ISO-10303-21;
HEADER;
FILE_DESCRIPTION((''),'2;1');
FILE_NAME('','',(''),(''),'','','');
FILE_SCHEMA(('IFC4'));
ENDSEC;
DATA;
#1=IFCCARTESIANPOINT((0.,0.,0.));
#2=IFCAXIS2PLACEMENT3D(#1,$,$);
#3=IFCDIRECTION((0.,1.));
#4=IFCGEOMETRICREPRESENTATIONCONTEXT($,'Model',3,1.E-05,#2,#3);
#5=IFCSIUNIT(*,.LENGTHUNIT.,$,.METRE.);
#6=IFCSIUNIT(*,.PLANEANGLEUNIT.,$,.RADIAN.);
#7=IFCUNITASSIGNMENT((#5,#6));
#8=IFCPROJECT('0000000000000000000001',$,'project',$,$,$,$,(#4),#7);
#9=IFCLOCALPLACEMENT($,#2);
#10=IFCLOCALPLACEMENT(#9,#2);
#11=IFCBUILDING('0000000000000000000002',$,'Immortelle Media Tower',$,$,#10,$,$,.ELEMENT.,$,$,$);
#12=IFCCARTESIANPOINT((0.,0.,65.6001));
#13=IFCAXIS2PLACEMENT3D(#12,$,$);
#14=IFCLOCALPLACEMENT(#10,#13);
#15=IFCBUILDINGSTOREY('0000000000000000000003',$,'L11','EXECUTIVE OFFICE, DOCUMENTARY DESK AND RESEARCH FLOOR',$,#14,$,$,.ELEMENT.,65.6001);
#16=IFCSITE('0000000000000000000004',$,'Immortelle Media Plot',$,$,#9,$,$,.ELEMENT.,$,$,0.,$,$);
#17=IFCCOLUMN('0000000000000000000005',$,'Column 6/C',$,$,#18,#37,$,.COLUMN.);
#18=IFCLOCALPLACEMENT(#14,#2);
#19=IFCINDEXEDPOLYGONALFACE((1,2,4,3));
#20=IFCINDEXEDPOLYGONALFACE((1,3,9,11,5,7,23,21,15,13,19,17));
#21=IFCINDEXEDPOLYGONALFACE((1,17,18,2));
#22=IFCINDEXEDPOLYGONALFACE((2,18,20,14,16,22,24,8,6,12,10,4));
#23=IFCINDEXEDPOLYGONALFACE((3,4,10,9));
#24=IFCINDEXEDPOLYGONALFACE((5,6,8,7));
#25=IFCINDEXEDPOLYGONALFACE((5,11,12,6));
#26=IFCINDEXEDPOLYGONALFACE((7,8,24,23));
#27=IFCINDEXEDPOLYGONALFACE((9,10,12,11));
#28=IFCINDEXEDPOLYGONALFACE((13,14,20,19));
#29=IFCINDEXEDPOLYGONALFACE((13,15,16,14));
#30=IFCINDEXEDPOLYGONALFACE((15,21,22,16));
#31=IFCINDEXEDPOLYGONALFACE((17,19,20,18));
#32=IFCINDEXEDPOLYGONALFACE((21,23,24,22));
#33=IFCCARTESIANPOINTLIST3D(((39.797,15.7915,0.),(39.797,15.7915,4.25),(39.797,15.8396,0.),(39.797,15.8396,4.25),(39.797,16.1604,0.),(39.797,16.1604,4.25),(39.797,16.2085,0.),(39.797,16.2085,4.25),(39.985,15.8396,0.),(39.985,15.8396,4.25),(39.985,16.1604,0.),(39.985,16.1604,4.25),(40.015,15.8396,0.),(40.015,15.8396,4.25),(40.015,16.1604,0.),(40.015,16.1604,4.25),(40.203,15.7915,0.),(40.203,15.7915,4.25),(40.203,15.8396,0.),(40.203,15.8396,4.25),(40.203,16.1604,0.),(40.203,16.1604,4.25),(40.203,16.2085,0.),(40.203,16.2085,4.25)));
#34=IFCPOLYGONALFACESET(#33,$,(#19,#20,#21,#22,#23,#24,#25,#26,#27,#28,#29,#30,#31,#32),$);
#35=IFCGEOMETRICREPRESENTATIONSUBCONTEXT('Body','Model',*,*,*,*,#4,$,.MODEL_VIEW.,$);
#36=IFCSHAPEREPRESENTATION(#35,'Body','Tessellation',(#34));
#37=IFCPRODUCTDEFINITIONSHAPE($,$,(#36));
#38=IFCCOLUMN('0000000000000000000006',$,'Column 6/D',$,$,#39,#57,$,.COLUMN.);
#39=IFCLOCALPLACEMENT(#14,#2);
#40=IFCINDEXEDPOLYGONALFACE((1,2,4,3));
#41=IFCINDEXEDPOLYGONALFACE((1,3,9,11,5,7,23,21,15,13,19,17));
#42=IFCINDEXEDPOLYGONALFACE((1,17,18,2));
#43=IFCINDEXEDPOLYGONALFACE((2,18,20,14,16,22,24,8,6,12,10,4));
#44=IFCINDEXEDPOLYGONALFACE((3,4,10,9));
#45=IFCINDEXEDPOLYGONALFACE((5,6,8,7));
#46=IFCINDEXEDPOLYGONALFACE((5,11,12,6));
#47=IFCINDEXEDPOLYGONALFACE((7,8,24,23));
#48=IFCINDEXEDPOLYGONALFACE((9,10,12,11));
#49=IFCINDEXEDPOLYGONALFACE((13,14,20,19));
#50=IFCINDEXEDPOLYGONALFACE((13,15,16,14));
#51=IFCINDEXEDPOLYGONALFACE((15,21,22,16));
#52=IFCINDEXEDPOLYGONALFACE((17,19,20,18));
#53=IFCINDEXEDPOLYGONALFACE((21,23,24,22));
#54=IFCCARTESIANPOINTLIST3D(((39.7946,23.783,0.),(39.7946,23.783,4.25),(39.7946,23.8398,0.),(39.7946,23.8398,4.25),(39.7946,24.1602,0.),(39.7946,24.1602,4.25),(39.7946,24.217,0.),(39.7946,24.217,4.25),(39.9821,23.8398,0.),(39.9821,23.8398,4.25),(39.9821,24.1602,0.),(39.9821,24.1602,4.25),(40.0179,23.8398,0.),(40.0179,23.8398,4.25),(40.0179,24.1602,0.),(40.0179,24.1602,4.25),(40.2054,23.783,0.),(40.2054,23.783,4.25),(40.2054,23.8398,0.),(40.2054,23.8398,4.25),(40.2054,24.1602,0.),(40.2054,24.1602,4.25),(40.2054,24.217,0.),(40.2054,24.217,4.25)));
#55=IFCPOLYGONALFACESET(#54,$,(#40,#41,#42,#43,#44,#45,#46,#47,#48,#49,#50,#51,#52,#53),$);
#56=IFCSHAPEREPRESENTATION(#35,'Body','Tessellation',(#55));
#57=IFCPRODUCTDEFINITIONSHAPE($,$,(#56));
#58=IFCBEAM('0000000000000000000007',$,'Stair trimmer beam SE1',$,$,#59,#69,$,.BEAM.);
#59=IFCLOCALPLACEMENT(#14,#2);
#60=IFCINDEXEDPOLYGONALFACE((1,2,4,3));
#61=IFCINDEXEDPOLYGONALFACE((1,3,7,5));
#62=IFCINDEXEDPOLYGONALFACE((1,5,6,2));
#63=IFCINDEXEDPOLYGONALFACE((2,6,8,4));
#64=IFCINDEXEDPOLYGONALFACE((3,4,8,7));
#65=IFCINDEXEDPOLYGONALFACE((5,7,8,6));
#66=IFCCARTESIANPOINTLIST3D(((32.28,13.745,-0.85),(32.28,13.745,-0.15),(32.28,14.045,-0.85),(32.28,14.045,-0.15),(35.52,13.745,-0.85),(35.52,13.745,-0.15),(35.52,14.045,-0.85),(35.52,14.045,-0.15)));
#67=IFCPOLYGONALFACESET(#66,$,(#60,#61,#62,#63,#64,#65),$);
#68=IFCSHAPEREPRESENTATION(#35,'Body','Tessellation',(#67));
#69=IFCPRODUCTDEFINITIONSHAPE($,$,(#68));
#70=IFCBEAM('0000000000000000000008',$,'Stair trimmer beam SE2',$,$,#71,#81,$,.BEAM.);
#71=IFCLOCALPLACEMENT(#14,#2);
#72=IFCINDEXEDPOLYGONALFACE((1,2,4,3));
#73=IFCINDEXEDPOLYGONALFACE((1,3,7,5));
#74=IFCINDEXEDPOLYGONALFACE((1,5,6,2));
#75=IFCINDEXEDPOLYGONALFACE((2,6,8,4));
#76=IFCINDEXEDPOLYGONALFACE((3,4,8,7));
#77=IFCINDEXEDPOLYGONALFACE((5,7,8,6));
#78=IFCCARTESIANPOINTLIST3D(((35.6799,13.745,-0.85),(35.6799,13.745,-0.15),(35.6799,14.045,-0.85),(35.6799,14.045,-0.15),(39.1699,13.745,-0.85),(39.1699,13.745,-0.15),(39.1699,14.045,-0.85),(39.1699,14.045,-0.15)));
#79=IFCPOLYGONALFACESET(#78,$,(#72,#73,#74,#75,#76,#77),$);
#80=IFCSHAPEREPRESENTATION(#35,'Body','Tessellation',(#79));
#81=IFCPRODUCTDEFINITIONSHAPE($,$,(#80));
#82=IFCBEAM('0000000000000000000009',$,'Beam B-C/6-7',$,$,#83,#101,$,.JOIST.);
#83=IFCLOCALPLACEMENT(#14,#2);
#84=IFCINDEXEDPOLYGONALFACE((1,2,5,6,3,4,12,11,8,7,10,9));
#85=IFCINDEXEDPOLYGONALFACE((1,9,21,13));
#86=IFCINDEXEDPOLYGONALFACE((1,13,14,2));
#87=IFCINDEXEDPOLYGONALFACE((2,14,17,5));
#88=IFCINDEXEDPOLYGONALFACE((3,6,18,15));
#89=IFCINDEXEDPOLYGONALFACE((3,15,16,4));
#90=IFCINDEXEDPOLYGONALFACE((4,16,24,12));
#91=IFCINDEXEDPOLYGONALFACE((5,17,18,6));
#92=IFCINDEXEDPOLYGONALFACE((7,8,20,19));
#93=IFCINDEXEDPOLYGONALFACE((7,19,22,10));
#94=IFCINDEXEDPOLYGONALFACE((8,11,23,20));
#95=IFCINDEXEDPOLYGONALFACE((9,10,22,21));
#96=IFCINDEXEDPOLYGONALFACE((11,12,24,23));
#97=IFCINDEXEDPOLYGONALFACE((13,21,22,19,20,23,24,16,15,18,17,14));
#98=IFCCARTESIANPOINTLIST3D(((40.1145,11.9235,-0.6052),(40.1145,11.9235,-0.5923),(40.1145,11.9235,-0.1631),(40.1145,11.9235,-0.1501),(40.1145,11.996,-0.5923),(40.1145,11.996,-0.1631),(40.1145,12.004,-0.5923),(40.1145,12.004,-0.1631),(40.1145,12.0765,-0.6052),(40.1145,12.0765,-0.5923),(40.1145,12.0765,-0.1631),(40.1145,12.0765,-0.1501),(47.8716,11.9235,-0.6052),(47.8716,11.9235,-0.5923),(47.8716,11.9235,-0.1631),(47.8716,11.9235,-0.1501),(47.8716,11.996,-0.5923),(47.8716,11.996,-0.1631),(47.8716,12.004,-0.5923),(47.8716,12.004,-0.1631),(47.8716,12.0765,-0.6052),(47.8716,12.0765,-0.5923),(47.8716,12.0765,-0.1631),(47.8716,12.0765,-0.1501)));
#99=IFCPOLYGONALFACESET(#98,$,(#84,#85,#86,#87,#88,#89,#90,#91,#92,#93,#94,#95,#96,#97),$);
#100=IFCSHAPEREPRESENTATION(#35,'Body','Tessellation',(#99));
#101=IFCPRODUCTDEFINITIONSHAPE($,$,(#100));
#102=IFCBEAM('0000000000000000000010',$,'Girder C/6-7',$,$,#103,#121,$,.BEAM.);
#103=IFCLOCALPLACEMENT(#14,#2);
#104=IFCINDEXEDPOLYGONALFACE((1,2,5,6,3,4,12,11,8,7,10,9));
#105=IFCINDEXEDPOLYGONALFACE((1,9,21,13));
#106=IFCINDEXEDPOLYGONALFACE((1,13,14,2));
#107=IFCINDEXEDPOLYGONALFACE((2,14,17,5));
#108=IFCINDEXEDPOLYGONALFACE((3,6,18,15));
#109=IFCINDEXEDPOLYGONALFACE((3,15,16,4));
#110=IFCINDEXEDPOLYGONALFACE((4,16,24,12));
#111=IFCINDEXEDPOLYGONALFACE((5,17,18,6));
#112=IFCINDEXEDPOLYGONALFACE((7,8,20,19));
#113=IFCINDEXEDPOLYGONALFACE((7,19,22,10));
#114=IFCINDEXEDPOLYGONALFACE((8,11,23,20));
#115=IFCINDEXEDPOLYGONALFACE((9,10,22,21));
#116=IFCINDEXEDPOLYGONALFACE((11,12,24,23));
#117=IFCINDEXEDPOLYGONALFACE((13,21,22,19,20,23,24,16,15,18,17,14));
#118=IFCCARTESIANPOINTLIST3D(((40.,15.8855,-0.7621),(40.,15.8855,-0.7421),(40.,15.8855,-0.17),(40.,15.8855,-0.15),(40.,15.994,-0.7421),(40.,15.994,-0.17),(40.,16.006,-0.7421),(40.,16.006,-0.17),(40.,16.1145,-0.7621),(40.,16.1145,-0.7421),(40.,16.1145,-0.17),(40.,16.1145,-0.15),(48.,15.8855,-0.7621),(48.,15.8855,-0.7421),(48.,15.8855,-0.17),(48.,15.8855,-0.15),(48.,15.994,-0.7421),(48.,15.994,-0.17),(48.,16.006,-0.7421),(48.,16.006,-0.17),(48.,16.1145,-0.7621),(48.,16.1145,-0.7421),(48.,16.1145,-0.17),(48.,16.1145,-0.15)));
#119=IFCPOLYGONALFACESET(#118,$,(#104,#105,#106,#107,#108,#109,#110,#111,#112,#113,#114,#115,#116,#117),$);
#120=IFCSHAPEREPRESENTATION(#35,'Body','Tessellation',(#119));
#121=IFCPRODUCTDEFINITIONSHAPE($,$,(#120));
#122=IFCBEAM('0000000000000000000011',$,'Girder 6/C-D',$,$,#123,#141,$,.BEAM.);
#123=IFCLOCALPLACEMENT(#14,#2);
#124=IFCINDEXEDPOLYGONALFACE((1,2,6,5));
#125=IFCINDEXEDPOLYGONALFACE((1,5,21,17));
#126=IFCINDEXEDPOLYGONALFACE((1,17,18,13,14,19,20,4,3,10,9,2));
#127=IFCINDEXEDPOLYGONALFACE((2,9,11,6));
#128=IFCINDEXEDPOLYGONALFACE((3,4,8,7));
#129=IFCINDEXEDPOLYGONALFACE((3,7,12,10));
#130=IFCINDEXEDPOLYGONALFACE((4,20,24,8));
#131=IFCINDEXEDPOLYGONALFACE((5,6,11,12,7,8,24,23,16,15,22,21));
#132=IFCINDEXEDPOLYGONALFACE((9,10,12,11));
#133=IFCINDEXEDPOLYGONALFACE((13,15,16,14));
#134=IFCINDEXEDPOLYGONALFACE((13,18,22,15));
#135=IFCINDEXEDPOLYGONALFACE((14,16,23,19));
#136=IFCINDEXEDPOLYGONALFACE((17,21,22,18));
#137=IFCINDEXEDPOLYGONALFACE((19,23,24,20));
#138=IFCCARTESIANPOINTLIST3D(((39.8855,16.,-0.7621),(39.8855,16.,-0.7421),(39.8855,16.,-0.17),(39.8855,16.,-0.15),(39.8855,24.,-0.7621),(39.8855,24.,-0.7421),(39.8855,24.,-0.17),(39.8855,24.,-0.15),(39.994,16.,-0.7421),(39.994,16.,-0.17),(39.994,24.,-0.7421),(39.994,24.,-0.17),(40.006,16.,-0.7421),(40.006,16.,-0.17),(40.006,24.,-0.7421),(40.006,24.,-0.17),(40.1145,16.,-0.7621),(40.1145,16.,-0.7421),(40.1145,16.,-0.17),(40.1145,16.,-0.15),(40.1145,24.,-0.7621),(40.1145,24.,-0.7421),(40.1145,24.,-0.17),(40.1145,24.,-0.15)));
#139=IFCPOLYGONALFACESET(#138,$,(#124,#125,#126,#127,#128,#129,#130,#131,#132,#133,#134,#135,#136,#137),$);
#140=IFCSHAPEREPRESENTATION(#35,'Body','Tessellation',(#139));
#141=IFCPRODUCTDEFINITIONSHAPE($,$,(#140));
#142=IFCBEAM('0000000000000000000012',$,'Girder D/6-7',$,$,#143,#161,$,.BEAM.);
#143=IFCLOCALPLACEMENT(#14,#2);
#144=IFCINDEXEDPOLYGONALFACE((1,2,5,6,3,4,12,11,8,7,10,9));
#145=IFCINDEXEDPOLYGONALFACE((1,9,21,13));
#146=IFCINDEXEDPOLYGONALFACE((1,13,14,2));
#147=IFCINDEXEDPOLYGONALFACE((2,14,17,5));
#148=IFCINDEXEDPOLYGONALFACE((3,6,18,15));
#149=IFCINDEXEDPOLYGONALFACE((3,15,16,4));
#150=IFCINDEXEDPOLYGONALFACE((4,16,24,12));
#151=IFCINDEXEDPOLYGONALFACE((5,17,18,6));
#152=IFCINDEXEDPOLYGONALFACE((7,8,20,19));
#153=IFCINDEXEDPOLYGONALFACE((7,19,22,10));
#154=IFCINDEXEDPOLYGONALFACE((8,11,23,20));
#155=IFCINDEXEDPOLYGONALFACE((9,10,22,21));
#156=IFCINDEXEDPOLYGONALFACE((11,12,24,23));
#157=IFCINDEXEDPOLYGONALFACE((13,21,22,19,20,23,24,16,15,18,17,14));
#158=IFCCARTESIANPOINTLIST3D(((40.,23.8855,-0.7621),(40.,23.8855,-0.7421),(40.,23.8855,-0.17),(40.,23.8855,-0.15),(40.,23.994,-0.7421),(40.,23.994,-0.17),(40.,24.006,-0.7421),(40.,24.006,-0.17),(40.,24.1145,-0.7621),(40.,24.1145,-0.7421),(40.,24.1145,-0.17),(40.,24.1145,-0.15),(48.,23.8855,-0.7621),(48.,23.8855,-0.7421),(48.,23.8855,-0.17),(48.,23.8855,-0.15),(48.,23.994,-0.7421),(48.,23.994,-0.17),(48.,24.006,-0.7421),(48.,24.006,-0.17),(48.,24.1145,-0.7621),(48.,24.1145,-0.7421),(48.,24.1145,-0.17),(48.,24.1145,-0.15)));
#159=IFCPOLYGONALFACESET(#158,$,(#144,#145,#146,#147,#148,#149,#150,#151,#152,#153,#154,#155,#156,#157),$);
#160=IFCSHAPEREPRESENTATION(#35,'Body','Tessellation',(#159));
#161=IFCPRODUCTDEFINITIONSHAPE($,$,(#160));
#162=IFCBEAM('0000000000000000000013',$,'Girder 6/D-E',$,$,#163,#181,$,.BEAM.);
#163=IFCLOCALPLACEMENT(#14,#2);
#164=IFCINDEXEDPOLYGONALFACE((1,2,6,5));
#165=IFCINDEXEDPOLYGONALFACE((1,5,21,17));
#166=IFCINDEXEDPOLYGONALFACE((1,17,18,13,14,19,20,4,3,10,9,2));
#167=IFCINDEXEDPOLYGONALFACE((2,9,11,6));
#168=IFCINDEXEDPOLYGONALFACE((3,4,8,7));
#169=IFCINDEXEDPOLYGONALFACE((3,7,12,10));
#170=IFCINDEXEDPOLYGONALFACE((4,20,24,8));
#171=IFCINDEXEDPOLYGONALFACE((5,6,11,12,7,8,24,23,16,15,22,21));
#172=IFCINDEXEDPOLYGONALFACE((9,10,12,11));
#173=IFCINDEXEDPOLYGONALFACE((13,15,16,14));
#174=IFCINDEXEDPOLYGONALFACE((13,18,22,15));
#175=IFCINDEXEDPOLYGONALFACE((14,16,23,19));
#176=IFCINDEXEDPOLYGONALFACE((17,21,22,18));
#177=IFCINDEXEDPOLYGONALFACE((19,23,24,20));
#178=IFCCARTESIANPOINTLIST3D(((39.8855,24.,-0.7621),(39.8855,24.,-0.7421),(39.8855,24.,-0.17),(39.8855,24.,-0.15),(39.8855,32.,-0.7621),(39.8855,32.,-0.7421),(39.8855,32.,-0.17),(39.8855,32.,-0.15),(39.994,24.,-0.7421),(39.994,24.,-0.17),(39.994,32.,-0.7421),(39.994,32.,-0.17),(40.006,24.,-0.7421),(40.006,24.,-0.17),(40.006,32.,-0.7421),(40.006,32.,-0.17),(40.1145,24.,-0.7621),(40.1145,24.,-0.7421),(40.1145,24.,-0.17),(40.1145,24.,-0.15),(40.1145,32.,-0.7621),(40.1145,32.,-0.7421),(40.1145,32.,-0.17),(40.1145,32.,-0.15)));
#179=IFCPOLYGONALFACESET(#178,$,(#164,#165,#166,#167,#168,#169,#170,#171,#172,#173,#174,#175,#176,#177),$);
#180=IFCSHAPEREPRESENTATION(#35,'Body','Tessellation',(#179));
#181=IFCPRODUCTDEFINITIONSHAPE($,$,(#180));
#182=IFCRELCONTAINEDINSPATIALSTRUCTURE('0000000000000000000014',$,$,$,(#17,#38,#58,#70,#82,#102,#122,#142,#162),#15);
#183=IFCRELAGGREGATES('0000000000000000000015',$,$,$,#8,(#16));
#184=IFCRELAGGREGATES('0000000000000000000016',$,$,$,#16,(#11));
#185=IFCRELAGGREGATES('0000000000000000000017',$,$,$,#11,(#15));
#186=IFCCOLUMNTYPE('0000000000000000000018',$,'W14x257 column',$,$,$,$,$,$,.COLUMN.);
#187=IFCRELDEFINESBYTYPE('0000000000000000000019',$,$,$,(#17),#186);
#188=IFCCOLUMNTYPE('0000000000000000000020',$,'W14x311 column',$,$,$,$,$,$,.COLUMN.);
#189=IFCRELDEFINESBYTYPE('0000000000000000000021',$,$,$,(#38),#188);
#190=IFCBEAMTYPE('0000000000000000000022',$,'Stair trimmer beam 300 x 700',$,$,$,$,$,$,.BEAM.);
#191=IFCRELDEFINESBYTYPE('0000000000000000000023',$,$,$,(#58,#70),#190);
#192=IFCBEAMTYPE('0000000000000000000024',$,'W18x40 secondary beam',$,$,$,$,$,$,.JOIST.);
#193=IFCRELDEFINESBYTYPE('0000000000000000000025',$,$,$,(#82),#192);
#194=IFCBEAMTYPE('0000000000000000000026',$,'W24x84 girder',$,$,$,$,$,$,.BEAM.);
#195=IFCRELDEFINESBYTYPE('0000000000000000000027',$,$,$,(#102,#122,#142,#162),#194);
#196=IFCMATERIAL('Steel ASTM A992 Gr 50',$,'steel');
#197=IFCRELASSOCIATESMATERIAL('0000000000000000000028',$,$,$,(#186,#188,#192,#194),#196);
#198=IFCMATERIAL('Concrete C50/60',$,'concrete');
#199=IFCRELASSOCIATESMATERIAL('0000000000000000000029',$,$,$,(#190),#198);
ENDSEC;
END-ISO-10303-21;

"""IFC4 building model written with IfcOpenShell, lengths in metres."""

from ifc_helpers import new_model, si_unit, direction, frame, origin, origin_2d, place, context, subcontext, project, spatial, rectangle, i_section, extrude, material, material_profile, profile_set, type_object, element, save


model = new_model("IFC4")

# Units and contexts
model_context = context("Model", 3, precision=1e-05, world=origin(), true_north=direction((0.0, 1.0)))
body_context = subcontext(model_context, "Body", "Model", "MODEL_VIEW")
ifc_project = project(units=[si_unit("LENGTHUNIT", "METRE"), si_unit("PLANEANGLEUNIT", "RADIAN")], contexts=[model_context])

# Site, building, storey
site_placement = place(None, origin())
site = spatial("IfcSite", under=ifc_project, at=site_placement, Name="Immortelle Media Plot", CompositionType="ELEMENT", RefElevation=0.0)
building_placement = place(site_placement, origin())
building = spatial("IfcBuilding", under=site, at=building_placement, Name="Immortelle Media Tower", CompositionType="ELEMENT")
storey_placement = place(building_placement, frame((0.0, 0.0, 65.6001)))
storey = spatial("IfcBuildingStorey", under=building, at=storey_placement, Name="L11", Description="EXECUTIVE OFFICE, DOCUMENTARY DESK AND RESEARCH FLOOR", CompositionType="ELEMENT", Elevation=65.6001)

# Columns
ifc_material_1 = material(Name="Steel ASTM A992 Gr 50", Category="steel")
ifc_material_profile_1 = material_profile(ifc_material_1, i_section(OverallWidth=0.406, OverallDepth=0.417, WebThickness=0.03, FlangeThickness=0.0481, at=origin_2d()), Name="W14x257")
ifc_profile_set_1 = profile_set([ifc_material_profile_1], Name="Steel ASTM A992 Gr 50")
column_type_1 = type_object("IfcColumnType", Name="W14x257 column", PredefinedType="COLUMN", material=ifc_profile_set_1)
column_1_placement = place(storey_placement, frame((40.0, 16.0, 0.0), z_axis=(0.0, 0.0, 1.0), x_axis=(1.0, 0.0, 0.0)))
element("IfcColumn", 1, at=column_1_placement, inside=storey, type_object=column_type_1, Name="Column 6/C", PredefinedType="COLUMN", context=body_context, shape_type="SweptSolid", body=[
    extrude(i_section(OverallWidth=0.406, OverallDepth=0.417, WebThickness=0.03, FlangeThickness=0.0481, at=origin_2d()), origin(), (0.0, 0.0, 1.0), 4.25),
])
ifc_material_profile_2 = material_profile(ifc_material_1, i_section(OverallWidth=0.4109, OverallDepth=0.4341, WebThickness=0.0359, FlangeThickness=0.0569, at=origin_2d()), Name="W14x311")
ifc_profile_set_2 = profile_set([ifc_material_profile_2], Name="Steel ASTM A992 Gr 50")
column_type_2 = type_object("IfcColumnType", Name="W14x311 column", PredefinedType="COLUMN", material=ifc_profile_set_2)
column_2_placement = place(storey_placement, frame((40.0, 24.0, 0.0), z_axis=(0.0, 0.0, 1.0), x_axis=(1.0, 0.0, 0.0)))
element("IfcColumn", 2, at=column_2_placement, inside=storey, type_object=column_type_2, Name="Column 6/D", PredefinedType="COLUMN", context=body_context, shape_type="SweptSolid", body=[
    extrude(i_section(OverallWidth=0.4109, OverallDepth=0.4341, WebThickness=0.0359, FlangeThickness=0.0569, at=origin_2d()), origin(), (0.0, 0.0, 1.0), 4.25),
])

# Beams
ifc_material_2 = material(Name="Concrete C50/60", Category="concrete")
ifc_material_profile_3 = material_profile(ifc_material_2, rectangle(XDim=0.3, YDim=0.7, at=origin_2d()), Name="RC 300x700")
ifc_profile_set_3 = profile_set([ifc_material_profile_3], Name="Concrete C50/60")
beam_type_1 = type_object("IfcBeamType", Name="Stair trimmer beam 300 x 700", PredefinedType="BEAM", material=ifc_profile_set_3)
beam_1_placement = place(storey_placement, frame((32.28, 13.895, -0.5), z_axis=(1.0, 0.0, 0.0), x_axis=(0.0, 1.0, 0.0)))
element("IfcBeam", 3, at=beam_1_placement, inside=storey, type_object=beam_type_1, Name="Stair trimmer beam SE1", PredefinedType="BEAM", context=body_context, shape_type="SweptSolid", body=[
    extrude(rectangle(XDim=0.3, YDim=0.7, at=origin_2d()), origin(), (0.0, 0.0, 1.0), 3.24),
])
beam_2_placement = place(storey_placement, frame((35.6799, 13.895, -0.5), z_axis=(1.0, 0.0, 0.0), x_axis=(0.0, 1.0, 0.0)))
element("IfcBeam", 4, at=beam_2_placement, inside=storey, type_object=beam_type_1, Name="Stair trimmer beam SE2", PredefinedType="BEAM", context=body_context, shape_type="SweptSolid", body=[
    extrude(rectangle(XDim=0.3, YDim=0.7, at=origin_2d()), origin(), (0.0, 0.0, 1.0), 3.49),
])
ifc_material_profile_4 = material_profile(ifc_material_1, i_section(OverallWidth=0.1531, OverallDepth=0.4551, WebThickness=0.0081, FlangeThickness=0.0129, at=origin_2d()), Name="W18x40")
ifc_profile_set_4 = profile_set([ifc_material_profile_4], Name="Steel ASTM A992 Gr 50")
beam_type_2 = type_object("IfcBeamType", Name="W18x40 secondary beam", PredefinedType="JOIST", material=ifc_profile_set_4)
beam_3_placement = place(storey_placement, frame((40.1145, 12.0, -0.3777), z_axis=(1.0, 0.0, 0.0), x_axis=(0.0, 1.0, 0.0)))
element("IfcBeam", 5, at=beam_3_placement, inside=storey, type_object=beam_type_2, Name="Beam B-C/6-7", PredefinedType="JOIST", context=body_context, shape_type="SweptSolid", body=[
    extrude(i_section(OverallWidth=0.1531, OverallDepth=0.4551, WebThickness=0.0081, FlangeThickness=0.0129, at=origin_2d()), origin(), (0.0, 0.0, 1.0), 7.7571),
])
ifc_material_profile_5 = material_profile(ifc_material_1, i_section(OverallWidth=0.229, OverallDepth=0.6121, WebThickness=0.012, FlangeThickness=0.02, at=origin_2d()), Name="W24x84")
ifc_profile_set_5 = profile_set([ifc_material_profile_5], Name="Steel ASTM A992 Gr 50")
beam_type_3 = type_object("IfcBeamType", Name="W24x84 girder", PredefinedType="BEAM", material=ifc_profile_set_5)
for number, where, z_axis, x_axis, name in (
    (6, (40.0, 16.0, -0.4561), (1.0, 0.0, 0.0), (0.0, 1.0, 0.0), "Girder C/6-7"),
    (7, (40.0, 16.0, -0.4561), (0.0, 1.0, 0.0), (-1.0, 0.0, 0.0), "Girder 6/C-D"),
    (8, (40.0, 24.0, -0.4561), (1.0, 0.0, 0.0), (0.0, 1.0, 0.0), "Girder D/6-7"),
    (9, (40.0, 24.0, -0.4561), (0.0, 1.0, 0.0), (-1.0, 0.0, 0.0), "Girder 6/D-E"),
):
    element("IfcBeam", number, at=place(storey_placement, frame(where, z_axis=z_axis, x_axis=x_axis)), inside=storey, type_object=beam_type_3, Name=name, PredefinedType="BEAM", context=body_context, shape_type="SweptSolid", body=[
        extrude(i_section(OverallWidth=0.229, OverallDepth=0.6121, WebThickness=0.012, FlangeThickness=0.02, at=origin_2d()), origin(), (0.0, 0.0, 1.0), 8.0),
    ])

save(model, "model.ifc")
